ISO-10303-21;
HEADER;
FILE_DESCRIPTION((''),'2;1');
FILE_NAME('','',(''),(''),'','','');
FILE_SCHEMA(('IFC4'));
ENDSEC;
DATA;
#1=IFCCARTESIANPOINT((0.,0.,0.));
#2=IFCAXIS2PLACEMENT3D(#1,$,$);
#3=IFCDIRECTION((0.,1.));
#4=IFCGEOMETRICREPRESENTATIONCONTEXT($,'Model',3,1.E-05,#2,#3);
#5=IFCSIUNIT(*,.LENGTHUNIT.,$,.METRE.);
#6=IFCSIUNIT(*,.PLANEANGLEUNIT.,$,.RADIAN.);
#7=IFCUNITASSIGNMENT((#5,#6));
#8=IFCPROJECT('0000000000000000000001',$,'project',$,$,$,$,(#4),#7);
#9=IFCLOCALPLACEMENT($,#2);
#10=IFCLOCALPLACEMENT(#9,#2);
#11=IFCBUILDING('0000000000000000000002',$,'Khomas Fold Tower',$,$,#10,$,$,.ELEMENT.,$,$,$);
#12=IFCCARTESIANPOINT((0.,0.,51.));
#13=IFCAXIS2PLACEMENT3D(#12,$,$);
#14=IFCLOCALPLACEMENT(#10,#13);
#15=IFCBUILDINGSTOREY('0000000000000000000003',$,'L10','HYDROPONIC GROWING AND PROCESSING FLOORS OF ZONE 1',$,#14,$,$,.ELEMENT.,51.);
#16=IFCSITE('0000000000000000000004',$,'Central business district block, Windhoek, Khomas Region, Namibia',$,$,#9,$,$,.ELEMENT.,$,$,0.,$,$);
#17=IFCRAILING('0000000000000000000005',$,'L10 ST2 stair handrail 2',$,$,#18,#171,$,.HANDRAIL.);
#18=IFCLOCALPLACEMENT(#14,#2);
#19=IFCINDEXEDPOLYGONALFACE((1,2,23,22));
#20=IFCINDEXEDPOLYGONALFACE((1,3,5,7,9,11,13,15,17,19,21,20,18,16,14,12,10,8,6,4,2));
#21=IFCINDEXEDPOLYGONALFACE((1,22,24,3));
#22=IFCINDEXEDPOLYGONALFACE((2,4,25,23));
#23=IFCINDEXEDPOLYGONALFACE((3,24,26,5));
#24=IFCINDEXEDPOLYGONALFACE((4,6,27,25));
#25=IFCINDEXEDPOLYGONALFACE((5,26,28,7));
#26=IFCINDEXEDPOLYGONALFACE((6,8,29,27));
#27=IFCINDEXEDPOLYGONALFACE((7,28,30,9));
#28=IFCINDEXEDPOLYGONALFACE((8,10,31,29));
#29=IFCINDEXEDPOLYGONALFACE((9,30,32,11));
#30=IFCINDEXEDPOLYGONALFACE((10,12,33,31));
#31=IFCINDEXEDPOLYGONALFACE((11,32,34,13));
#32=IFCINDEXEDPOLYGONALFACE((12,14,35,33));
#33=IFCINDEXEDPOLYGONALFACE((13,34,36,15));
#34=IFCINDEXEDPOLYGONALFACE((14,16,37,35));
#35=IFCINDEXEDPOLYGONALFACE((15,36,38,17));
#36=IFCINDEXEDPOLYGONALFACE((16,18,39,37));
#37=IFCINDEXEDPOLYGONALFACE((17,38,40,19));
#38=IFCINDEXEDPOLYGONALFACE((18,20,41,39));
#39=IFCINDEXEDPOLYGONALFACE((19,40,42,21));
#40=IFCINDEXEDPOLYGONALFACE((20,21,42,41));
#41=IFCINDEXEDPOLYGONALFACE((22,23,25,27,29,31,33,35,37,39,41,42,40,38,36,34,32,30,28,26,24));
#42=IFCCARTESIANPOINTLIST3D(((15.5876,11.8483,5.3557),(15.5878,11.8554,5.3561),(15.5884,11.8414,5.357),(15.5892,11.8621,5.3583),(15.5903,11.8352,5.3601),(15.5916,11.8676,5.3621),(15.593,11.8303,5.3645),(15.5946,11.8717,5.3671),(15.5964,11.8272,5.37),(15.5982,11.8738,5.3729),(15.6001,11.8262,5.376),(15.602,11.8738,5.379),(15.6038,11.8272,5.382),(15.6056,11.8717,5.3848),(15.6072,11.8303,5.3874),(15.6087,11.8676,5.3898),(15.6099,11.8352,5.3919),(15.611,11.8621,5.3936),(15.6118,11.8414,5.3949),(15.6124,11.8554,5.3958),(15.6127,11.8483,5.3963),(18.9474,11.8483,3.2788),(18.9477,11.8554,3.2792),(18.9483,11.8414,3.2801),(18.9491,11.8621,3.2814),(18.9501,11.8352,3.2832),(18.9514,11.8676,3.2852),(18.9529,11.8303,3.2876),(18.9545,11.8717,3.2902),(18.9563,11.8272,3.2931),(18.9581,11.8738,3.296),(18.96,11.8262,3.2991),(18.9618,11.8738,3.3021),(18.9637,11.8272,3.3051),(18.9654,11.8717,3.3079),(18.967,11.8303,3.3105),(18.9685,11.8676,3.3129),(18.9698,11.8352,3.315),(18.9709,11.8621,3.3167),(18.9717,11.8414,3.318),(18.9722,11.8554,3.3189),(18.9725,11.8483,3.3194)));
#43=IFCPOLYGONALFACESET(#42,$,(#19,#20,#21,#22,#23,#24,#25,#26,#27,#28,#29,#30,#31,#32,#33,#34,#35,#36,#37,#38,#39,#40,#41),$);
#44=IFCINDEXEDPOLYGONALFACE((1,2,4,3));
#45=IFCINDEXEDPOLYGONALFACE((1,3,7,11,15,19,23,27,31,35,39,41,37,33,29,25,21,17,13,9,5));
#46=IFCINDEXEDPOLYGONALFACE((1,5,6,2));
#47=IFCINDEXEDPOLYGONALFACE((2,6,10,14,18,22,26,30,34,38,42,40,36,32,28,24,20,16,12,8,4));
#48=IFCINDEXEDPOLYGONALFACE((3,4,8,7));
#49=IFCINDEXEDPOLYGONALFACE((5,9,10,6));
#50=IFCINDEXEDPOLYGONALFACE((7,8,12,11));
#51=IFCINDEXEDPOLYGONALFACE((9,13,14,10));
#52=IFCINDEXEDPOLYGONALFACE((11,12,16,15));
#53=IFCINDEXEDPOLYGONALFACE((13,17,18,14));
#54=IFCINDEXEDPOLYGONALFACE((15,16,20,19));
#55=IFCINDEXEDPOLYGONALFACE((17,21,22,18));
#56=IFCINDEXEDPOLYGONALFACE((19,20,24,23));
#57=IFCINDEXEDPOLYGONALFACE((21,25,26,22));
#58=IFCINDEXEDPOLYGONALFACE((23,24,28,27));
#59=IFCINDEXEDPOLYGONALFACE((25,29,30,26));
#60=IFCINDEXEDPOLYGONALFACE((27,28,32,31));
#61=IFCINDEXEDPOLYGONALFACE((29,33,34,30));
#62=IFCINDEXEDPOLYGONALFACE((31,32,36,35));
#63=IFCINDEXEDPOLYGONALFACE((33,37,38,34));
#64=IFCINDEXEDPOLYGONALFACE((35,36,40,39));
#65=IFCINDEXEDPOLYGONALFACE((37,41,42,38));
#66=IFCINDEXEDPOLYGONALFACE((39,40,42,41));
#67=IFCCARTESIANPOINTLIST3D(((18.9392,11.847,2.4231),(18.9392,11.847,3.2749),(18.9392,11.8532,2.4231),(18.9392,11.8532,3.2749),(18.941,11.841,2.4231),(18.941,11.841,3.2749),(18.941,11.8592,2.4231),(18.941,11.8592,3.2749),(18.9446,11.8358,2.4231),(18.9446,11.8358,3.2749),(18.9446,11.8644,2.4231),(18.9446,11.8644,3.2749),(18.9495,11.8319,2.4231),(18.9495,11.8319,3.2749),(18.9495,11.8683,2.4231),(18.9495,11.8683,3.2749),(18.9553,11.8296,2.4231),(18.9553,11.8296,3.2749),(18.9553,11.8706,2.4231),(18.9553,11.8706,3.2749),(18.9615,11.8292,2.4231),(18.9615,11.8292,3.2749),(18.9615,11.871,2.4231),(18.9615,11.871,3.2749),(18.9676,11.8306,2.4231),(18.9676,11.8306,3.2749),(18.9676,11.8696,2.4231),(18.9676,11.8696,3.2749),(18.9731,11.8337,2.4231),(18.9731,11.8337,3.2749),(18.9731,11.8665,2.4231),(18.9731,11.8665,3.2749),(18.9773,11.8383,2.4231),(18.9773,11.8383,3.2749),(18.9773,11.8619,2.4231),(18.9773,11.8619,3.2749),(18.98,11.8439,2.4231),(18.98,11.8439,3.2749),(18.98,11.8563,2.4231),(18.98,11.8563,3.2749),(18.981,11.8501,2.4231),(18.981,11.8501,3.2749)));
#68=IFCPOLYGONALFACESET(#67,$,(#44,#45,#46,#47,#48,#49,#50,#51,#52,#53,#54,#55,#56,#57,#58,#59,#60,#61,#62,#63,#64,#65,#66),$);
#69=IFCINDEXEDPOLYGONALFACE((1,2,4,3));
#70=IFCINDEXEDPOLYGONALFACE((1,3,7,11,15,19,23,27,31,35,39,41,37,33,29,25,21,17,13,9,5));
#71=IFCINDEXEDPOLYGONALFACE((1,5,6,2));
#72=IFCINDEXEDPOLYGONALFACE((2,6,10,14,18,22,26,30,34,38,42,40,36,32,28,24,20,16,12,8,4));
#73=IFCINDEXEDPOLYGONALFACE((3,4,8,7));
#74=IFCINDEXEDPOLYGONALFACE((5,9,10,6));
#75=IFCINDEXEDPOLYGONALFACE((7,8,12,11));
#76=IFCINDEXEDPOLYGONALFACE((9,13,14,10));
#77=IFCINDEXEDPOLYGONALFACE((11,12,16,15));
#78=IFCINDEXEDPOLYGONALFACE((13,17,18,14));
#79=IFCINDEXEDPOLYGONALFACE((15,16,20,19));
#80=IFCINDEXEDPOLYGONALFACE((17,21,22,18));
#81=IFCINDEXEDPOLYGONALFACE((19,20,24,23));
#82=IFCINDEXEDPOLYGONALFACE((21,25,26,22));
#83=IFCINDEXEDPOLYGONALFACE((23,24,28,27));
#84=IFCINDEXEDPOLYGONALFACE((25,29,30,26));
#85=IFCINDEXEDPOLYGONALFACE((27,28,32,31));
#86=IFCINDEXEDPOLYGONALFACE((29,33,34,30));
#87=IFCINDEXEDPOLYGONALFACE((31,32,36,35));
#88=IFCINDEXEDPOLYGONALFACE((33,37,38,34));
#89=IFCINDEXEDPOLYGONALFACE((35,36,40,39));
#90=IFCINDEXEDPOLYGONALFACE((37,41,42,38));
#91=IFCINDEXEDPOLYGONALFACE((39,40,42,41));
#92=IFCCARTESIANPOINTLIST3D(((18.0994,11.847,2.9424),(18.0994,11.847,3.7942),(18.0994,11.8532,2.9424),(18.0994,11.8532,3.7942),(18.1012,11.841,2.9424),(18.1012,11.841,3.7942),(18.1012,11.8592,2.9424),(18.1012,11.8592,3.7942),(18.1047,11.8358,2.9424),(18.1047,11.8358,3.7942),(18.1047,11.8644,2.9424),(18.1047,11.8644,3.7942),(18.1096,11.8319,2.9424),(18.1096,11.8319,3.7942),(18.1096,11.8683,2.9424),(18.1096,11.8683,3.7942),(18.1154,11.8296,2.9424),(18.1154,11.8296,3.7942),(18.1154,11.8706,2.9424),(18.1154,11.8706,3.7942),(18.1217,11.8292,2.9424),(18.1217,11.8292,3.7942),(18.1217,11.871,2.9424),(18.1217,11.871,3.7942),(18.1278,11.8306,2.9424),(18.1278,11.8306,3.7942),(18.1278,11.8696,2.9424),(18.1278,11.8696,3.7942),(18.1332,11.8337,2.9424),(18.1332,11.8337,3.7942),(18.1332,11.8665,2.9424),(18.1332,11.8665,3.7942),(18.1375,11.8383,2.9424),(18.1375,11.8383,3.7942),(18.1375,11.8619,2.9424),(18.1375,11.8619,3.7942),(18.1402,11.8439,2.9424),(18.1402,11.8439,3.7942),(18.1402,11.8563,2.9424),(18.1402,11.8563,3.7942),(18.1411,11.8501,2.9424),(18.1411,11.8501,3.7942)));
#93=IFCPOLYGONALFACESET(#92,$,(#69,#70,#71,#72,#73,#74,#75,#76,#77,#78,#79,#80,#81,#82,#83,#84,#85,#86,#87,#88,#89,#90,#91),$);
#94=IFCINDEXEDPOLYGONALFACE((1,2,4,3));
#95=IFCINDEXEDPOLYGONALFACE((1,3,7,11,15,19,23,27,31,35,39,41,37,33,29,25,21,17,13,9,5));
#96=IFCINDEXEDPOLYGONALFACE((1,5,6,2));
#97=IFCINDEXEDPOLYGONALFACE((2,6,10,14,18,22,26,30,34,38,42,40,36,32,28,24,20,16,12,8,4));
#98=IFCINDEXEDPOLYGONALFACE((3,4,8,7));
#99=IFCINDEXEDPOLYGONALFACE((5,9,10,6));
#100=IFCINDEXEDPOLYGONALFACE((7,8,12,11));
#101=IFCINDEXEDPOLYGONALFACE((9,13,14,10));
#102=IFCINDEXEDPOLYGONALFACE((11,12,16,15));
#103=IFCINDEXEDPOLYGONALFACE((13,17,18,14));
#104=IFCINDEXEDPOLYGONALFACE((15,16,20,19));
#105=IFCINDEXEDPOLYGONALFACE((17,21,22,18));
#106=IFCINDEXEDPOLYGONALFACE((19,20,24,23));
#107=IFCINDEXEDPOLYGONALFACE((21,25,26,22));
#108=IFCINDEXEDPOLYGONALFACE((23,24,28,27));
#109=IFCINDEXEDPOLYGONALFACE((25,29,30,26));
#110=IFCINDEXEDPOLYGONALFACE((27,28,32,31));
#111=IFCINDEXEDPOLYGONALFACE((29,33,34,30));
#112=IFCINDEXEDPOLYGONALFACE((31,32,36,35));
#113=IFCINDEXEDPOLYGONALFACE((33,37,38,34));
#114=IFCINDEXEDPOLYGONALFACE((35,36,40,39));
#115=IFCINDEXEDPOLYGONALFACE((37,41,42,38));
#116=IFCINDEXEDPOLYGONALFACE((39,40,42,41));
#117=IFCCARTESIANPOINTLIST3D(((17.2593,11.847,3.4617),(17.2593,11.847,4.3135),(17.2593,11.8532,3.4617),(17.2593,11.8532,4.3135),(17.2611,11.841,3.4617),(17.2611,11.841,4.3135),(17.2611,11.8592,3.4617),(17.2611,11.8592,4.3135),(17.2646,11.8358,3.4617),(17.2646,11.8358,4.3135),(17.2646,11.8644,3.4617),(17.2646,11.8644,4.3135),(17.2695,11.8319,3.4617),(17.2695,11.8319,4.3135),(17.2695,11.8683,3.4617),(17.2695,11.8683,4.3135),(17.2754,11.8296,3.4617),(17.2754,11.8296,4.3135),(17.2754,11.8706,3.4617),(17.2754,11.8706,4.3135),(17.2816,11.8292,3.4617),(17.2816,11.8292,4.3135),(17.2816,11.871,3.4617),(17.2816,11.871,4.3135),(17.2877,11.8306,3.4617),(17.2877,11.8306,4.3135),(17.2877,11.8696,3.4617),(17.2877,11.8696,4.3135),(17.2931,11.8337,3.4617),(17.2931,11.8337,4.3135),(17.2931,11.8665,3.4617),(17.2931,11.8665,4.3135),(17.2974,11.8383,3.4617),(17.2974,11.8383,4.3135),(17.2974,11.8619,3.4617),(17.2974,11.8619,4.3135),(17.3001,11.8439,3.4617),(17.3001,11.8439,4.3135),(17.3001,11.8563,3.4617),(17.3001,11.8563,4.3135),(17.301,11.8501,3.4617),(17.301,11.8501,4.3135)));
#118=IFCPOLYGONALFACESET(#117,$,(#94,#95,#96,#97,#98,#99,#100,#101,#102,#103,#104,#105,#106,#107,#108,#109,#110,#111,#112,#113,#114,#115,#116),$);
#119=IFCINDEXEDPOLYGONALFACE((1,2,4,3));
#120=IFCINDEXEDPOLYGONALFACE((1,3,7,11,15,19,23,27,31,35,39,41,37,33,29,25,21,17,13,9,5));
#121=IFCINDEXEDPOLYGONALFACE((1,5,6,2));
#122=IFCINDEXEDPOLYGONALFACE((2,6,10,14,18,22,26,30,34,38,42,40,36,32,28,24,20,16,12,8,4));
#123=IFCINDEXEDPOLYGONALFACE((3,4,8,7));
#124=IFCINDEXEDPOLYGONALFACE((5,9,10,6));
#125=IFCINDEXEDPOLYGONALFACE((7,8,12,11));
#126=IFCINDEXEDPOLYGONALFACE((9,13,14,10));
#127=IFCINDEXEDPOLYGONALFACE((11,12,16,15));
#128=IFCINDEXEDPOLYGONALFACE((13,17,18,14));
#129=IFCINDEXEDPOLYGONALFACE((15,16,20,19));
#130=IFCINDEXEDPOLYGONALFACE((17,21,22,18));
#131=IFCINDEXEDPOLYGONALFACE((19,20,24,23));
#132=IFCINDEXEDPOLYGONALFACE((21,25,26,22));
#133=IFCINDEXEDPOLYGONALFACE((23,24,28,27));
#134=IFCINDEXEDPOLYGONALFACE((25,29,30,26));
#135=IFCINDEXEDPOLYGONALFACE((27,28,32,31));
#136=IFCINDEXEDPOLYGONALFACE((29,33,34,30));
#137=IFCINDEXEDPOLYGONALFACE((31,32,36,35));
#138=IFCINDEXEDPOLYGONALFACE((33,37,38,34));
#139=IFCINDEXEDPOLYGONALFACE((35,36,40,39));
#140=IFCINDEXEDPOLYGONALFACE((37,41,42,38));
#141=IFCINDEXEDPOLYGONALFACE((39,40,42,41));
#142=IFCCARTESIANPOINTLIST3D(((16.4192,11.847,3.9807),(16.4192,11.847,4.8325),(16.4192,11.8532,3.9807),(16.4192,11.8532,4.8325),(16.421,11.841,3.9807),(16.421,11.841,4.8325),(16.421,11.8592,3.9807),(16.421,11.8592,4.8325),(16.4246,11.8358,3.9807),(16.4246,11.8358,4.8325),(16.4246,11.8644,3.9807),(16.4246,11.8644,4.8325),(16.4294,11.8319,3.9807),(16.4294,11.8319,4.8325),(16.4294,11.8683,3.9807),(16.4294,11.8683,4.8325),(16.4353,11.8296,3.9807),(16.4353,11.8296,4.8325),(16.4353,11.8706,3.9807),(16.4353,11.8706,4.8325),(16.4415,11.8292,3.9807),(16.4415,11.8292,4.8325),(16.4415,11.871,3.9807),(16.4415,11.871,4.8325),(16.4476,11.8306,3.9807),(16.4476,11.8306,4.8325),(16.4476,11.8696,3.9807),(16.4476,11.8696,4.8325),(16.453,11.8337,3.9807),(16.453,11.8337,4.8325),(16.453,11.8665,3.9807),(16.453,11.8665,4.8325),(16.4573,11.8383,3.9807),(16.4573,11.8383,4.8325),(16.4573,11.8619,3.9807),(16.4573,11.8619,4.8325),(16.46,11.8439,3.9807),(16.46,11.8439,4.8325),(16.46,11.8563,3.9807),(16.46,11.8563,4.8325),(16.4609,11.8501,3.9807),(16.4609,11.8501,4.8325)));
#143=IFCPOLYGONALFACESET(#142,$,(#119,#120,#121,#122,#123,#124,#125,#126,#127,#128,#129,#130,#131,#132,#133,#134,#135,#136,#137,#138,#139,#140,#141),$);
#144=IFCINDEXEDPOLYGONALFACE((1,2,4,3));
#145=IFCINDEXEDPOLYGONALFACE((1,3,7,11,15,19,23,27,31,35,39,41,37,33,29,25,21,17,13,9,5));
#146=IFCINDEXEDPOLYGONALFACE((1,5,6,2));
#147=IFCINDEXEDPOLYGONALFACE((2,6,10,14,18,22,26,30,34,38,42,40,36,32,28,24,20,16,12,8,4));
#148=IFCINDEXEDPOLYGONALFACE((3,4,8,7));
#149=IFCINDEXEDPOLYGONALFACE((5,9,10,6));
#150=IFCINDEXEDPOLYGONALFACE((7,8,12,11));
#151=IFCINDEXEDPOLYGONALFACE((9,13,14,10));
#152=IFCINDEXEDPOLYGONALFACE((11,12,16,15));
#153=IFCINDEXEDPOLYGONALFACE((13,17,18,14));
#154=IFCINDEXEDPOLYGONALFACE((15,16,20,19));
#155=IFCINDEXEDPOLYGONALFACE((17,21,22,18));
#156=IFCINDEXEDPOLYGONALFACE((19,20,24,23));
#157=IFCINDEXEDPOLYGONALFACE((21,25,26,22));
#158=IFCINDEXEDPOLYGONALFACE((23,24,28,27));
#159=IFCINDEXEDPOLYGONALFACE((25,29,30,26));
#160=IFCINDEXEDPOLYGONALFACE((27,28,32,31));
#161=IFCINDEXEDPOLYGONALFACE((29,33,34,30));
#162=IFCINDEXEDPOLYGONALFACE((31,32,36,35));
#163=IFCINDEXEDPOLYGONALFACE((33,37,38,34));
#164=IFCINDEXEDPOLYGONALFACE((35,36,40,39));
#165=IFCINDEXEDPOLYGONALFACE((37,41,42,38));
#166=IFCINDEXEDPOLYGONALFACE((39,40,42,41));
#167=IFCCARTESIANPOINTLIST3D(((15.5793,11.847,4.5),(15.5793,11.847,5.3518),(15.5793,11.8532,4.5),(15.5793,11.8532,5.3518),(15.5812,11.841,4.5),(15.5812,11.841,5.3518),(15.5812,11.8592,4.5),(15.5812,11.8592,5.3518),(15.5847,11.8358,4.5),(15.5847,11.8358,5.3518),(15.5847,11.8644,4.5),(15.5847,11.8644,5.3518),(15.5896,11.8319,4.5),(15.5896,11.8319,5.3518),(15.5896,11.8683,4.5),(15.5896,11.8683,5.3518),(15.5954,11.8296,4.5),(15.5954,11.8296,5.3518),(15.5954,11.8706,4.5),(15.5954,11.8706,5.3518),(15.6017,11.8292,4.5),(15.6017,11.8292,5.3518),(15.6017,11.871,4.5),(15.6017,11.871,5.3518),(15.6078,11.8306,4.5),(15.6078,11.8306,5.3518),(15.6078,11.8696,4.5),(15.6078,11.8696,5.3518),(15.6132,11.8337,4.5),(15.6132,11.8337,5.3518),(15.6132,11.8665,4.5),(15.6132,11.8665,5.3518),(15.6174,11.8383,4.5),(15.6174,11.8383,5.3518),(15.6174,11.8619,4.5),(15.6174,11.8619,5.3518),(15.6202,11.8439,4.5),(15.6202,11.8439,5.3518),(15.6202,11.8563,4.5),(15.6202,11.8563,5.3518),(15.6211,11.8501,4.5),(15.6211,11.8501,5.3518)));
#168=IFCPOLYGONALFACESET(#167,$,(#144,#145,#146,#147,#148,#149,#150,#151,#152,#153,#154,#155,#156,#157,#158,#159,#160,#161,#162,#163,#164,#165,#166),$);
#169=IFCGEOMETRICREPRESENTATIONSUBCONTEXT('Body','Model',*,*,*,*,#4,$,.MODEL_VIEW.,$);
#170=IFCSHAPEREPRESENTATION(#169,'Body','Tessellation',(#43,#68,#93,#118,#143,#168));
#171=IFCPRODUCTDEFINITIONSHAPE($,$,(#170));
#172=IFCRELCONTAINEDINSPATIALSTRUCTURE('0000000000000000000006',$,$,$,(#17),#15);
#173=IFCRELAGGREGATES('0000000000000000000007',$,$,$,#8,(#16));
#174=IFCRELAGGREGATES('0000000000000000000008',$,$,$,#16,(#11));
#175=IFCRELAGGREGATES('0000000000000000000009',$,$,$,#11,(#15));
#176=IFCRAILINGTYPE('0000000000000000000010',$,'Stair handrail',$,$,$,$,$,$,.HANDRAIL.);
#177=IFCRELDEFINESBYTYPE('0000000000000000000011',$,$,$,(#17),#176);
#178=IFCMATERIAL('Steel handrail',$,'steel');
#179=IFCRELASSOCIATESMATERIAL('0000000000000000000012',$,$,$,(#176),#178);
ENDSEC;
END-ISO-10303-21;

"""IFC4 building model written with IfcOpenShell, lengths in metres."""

from ifc_helpers import new_model, si_unit, direction, frame, origin, origin_2d, place, context, subcontext, project, spatial, circle, extrude, source, transform, mapped, material, type_object, element, save


model = new_model("IFC4")

# Units and contexts
model_context = context("Model", 3, precision=1e-05, world=origin(), true_north=direction((0.0, 1.0)))
body_context = subcontext(model_context, "Body", "Model", "MODEL_VIEW")
ifc_project = project(units=[si_unit("LENGTHUNIT", "METRE"), si_unit("PLANEANGLEUNIT", "RADIAN")], contexts=[model_context])

# Site, building, storey
site_placement = place(None, origin())
site = spatial("IfcSite", under=ifc_project, at=site_placement, Name="Central business district block, Windhoek, Khomas Region, Namibia", CompositionType="ELEMENT", RefElevation=0.0)
building_placement = place(site_placement, origin())
building = spatial("IfcBuilding", under=site, at=building_placement, Name="Khomas Fold Tower", CompositionType="ELEMENT")
storey_placement = place(building_placement, frame((0.0, 0.0, 51.0)))
storey = spatial("IfcBuildingStorey", under=building, at=storey_placement, Name="L10", Description="HYDROPONIC GROWING AND PROCESSING FLOORS OF ZONE 1", CompositionType="ELEMENT", Elevation=51.0)

# Railing
ifc_material_1 = material(Name="Steel handrail", Category="steel")
railing_type_1 = type_object("IfcRailingType", Name="Stair handrail", PredefinedType="HANDRAIL", material=ifc_material_1)
shared_shape_1 = source(origin(), body_context, "Body", "SweptSolid", [
    extrude(circle(Radius=0.0239, at=origin_2d()), frame((0.0, 0.0, 0.876), z_axis=(-0.850606, 0.0, 0.525803), x_axis=(0.0, -1.0, 0.0)), (0.0, 0.0, 1.0), 3.95),
    extrude(circle(Radius=0.021, at=origin_2d()), origin(), (0.0, 0.0, 1.0), 0.8518),
    extrude(circle(Radius=0.021, at=origin_2d()), frame((-0.8398, 0.0, 0.5193)), (0.0, 0.0, 1.0), 0.8518),
    extrude(circle(Radius=0.021, at=origin_2d()), frame((-1.6799, 0.0, 1.0386)), (0.0, 0.0, 1.0), 0.8518),
    extrude(circle(Radius=0.021, at=origin_2d()), frame((-2.52, 0.0, 1.5576)), (0.0, 0.0, 1.0), 0.8518),
    extrude(circle(Radius=0.021, at=origin_2d()), frame((-3.3599, 0.0, 2.0769)), (0.0, 0.0, 1.0), 0.8518),
])
railing_1_placement = place(storey_placement, frame((18.96, 11.8501, 2.4231)))
element("IfcRailing", 1, at=railing_1_placement, inside=storey, type_object=railing_type_1, Name="L10 ST2 stair handrail 2", PredefinedType="HANDRAIL", context=body_context, shape_type="MappedRepresentation", body=[
    mapped(shared_shape_1, transform((0.0, 0.0, 0.0))),
])

save(model, "model.ifc")
